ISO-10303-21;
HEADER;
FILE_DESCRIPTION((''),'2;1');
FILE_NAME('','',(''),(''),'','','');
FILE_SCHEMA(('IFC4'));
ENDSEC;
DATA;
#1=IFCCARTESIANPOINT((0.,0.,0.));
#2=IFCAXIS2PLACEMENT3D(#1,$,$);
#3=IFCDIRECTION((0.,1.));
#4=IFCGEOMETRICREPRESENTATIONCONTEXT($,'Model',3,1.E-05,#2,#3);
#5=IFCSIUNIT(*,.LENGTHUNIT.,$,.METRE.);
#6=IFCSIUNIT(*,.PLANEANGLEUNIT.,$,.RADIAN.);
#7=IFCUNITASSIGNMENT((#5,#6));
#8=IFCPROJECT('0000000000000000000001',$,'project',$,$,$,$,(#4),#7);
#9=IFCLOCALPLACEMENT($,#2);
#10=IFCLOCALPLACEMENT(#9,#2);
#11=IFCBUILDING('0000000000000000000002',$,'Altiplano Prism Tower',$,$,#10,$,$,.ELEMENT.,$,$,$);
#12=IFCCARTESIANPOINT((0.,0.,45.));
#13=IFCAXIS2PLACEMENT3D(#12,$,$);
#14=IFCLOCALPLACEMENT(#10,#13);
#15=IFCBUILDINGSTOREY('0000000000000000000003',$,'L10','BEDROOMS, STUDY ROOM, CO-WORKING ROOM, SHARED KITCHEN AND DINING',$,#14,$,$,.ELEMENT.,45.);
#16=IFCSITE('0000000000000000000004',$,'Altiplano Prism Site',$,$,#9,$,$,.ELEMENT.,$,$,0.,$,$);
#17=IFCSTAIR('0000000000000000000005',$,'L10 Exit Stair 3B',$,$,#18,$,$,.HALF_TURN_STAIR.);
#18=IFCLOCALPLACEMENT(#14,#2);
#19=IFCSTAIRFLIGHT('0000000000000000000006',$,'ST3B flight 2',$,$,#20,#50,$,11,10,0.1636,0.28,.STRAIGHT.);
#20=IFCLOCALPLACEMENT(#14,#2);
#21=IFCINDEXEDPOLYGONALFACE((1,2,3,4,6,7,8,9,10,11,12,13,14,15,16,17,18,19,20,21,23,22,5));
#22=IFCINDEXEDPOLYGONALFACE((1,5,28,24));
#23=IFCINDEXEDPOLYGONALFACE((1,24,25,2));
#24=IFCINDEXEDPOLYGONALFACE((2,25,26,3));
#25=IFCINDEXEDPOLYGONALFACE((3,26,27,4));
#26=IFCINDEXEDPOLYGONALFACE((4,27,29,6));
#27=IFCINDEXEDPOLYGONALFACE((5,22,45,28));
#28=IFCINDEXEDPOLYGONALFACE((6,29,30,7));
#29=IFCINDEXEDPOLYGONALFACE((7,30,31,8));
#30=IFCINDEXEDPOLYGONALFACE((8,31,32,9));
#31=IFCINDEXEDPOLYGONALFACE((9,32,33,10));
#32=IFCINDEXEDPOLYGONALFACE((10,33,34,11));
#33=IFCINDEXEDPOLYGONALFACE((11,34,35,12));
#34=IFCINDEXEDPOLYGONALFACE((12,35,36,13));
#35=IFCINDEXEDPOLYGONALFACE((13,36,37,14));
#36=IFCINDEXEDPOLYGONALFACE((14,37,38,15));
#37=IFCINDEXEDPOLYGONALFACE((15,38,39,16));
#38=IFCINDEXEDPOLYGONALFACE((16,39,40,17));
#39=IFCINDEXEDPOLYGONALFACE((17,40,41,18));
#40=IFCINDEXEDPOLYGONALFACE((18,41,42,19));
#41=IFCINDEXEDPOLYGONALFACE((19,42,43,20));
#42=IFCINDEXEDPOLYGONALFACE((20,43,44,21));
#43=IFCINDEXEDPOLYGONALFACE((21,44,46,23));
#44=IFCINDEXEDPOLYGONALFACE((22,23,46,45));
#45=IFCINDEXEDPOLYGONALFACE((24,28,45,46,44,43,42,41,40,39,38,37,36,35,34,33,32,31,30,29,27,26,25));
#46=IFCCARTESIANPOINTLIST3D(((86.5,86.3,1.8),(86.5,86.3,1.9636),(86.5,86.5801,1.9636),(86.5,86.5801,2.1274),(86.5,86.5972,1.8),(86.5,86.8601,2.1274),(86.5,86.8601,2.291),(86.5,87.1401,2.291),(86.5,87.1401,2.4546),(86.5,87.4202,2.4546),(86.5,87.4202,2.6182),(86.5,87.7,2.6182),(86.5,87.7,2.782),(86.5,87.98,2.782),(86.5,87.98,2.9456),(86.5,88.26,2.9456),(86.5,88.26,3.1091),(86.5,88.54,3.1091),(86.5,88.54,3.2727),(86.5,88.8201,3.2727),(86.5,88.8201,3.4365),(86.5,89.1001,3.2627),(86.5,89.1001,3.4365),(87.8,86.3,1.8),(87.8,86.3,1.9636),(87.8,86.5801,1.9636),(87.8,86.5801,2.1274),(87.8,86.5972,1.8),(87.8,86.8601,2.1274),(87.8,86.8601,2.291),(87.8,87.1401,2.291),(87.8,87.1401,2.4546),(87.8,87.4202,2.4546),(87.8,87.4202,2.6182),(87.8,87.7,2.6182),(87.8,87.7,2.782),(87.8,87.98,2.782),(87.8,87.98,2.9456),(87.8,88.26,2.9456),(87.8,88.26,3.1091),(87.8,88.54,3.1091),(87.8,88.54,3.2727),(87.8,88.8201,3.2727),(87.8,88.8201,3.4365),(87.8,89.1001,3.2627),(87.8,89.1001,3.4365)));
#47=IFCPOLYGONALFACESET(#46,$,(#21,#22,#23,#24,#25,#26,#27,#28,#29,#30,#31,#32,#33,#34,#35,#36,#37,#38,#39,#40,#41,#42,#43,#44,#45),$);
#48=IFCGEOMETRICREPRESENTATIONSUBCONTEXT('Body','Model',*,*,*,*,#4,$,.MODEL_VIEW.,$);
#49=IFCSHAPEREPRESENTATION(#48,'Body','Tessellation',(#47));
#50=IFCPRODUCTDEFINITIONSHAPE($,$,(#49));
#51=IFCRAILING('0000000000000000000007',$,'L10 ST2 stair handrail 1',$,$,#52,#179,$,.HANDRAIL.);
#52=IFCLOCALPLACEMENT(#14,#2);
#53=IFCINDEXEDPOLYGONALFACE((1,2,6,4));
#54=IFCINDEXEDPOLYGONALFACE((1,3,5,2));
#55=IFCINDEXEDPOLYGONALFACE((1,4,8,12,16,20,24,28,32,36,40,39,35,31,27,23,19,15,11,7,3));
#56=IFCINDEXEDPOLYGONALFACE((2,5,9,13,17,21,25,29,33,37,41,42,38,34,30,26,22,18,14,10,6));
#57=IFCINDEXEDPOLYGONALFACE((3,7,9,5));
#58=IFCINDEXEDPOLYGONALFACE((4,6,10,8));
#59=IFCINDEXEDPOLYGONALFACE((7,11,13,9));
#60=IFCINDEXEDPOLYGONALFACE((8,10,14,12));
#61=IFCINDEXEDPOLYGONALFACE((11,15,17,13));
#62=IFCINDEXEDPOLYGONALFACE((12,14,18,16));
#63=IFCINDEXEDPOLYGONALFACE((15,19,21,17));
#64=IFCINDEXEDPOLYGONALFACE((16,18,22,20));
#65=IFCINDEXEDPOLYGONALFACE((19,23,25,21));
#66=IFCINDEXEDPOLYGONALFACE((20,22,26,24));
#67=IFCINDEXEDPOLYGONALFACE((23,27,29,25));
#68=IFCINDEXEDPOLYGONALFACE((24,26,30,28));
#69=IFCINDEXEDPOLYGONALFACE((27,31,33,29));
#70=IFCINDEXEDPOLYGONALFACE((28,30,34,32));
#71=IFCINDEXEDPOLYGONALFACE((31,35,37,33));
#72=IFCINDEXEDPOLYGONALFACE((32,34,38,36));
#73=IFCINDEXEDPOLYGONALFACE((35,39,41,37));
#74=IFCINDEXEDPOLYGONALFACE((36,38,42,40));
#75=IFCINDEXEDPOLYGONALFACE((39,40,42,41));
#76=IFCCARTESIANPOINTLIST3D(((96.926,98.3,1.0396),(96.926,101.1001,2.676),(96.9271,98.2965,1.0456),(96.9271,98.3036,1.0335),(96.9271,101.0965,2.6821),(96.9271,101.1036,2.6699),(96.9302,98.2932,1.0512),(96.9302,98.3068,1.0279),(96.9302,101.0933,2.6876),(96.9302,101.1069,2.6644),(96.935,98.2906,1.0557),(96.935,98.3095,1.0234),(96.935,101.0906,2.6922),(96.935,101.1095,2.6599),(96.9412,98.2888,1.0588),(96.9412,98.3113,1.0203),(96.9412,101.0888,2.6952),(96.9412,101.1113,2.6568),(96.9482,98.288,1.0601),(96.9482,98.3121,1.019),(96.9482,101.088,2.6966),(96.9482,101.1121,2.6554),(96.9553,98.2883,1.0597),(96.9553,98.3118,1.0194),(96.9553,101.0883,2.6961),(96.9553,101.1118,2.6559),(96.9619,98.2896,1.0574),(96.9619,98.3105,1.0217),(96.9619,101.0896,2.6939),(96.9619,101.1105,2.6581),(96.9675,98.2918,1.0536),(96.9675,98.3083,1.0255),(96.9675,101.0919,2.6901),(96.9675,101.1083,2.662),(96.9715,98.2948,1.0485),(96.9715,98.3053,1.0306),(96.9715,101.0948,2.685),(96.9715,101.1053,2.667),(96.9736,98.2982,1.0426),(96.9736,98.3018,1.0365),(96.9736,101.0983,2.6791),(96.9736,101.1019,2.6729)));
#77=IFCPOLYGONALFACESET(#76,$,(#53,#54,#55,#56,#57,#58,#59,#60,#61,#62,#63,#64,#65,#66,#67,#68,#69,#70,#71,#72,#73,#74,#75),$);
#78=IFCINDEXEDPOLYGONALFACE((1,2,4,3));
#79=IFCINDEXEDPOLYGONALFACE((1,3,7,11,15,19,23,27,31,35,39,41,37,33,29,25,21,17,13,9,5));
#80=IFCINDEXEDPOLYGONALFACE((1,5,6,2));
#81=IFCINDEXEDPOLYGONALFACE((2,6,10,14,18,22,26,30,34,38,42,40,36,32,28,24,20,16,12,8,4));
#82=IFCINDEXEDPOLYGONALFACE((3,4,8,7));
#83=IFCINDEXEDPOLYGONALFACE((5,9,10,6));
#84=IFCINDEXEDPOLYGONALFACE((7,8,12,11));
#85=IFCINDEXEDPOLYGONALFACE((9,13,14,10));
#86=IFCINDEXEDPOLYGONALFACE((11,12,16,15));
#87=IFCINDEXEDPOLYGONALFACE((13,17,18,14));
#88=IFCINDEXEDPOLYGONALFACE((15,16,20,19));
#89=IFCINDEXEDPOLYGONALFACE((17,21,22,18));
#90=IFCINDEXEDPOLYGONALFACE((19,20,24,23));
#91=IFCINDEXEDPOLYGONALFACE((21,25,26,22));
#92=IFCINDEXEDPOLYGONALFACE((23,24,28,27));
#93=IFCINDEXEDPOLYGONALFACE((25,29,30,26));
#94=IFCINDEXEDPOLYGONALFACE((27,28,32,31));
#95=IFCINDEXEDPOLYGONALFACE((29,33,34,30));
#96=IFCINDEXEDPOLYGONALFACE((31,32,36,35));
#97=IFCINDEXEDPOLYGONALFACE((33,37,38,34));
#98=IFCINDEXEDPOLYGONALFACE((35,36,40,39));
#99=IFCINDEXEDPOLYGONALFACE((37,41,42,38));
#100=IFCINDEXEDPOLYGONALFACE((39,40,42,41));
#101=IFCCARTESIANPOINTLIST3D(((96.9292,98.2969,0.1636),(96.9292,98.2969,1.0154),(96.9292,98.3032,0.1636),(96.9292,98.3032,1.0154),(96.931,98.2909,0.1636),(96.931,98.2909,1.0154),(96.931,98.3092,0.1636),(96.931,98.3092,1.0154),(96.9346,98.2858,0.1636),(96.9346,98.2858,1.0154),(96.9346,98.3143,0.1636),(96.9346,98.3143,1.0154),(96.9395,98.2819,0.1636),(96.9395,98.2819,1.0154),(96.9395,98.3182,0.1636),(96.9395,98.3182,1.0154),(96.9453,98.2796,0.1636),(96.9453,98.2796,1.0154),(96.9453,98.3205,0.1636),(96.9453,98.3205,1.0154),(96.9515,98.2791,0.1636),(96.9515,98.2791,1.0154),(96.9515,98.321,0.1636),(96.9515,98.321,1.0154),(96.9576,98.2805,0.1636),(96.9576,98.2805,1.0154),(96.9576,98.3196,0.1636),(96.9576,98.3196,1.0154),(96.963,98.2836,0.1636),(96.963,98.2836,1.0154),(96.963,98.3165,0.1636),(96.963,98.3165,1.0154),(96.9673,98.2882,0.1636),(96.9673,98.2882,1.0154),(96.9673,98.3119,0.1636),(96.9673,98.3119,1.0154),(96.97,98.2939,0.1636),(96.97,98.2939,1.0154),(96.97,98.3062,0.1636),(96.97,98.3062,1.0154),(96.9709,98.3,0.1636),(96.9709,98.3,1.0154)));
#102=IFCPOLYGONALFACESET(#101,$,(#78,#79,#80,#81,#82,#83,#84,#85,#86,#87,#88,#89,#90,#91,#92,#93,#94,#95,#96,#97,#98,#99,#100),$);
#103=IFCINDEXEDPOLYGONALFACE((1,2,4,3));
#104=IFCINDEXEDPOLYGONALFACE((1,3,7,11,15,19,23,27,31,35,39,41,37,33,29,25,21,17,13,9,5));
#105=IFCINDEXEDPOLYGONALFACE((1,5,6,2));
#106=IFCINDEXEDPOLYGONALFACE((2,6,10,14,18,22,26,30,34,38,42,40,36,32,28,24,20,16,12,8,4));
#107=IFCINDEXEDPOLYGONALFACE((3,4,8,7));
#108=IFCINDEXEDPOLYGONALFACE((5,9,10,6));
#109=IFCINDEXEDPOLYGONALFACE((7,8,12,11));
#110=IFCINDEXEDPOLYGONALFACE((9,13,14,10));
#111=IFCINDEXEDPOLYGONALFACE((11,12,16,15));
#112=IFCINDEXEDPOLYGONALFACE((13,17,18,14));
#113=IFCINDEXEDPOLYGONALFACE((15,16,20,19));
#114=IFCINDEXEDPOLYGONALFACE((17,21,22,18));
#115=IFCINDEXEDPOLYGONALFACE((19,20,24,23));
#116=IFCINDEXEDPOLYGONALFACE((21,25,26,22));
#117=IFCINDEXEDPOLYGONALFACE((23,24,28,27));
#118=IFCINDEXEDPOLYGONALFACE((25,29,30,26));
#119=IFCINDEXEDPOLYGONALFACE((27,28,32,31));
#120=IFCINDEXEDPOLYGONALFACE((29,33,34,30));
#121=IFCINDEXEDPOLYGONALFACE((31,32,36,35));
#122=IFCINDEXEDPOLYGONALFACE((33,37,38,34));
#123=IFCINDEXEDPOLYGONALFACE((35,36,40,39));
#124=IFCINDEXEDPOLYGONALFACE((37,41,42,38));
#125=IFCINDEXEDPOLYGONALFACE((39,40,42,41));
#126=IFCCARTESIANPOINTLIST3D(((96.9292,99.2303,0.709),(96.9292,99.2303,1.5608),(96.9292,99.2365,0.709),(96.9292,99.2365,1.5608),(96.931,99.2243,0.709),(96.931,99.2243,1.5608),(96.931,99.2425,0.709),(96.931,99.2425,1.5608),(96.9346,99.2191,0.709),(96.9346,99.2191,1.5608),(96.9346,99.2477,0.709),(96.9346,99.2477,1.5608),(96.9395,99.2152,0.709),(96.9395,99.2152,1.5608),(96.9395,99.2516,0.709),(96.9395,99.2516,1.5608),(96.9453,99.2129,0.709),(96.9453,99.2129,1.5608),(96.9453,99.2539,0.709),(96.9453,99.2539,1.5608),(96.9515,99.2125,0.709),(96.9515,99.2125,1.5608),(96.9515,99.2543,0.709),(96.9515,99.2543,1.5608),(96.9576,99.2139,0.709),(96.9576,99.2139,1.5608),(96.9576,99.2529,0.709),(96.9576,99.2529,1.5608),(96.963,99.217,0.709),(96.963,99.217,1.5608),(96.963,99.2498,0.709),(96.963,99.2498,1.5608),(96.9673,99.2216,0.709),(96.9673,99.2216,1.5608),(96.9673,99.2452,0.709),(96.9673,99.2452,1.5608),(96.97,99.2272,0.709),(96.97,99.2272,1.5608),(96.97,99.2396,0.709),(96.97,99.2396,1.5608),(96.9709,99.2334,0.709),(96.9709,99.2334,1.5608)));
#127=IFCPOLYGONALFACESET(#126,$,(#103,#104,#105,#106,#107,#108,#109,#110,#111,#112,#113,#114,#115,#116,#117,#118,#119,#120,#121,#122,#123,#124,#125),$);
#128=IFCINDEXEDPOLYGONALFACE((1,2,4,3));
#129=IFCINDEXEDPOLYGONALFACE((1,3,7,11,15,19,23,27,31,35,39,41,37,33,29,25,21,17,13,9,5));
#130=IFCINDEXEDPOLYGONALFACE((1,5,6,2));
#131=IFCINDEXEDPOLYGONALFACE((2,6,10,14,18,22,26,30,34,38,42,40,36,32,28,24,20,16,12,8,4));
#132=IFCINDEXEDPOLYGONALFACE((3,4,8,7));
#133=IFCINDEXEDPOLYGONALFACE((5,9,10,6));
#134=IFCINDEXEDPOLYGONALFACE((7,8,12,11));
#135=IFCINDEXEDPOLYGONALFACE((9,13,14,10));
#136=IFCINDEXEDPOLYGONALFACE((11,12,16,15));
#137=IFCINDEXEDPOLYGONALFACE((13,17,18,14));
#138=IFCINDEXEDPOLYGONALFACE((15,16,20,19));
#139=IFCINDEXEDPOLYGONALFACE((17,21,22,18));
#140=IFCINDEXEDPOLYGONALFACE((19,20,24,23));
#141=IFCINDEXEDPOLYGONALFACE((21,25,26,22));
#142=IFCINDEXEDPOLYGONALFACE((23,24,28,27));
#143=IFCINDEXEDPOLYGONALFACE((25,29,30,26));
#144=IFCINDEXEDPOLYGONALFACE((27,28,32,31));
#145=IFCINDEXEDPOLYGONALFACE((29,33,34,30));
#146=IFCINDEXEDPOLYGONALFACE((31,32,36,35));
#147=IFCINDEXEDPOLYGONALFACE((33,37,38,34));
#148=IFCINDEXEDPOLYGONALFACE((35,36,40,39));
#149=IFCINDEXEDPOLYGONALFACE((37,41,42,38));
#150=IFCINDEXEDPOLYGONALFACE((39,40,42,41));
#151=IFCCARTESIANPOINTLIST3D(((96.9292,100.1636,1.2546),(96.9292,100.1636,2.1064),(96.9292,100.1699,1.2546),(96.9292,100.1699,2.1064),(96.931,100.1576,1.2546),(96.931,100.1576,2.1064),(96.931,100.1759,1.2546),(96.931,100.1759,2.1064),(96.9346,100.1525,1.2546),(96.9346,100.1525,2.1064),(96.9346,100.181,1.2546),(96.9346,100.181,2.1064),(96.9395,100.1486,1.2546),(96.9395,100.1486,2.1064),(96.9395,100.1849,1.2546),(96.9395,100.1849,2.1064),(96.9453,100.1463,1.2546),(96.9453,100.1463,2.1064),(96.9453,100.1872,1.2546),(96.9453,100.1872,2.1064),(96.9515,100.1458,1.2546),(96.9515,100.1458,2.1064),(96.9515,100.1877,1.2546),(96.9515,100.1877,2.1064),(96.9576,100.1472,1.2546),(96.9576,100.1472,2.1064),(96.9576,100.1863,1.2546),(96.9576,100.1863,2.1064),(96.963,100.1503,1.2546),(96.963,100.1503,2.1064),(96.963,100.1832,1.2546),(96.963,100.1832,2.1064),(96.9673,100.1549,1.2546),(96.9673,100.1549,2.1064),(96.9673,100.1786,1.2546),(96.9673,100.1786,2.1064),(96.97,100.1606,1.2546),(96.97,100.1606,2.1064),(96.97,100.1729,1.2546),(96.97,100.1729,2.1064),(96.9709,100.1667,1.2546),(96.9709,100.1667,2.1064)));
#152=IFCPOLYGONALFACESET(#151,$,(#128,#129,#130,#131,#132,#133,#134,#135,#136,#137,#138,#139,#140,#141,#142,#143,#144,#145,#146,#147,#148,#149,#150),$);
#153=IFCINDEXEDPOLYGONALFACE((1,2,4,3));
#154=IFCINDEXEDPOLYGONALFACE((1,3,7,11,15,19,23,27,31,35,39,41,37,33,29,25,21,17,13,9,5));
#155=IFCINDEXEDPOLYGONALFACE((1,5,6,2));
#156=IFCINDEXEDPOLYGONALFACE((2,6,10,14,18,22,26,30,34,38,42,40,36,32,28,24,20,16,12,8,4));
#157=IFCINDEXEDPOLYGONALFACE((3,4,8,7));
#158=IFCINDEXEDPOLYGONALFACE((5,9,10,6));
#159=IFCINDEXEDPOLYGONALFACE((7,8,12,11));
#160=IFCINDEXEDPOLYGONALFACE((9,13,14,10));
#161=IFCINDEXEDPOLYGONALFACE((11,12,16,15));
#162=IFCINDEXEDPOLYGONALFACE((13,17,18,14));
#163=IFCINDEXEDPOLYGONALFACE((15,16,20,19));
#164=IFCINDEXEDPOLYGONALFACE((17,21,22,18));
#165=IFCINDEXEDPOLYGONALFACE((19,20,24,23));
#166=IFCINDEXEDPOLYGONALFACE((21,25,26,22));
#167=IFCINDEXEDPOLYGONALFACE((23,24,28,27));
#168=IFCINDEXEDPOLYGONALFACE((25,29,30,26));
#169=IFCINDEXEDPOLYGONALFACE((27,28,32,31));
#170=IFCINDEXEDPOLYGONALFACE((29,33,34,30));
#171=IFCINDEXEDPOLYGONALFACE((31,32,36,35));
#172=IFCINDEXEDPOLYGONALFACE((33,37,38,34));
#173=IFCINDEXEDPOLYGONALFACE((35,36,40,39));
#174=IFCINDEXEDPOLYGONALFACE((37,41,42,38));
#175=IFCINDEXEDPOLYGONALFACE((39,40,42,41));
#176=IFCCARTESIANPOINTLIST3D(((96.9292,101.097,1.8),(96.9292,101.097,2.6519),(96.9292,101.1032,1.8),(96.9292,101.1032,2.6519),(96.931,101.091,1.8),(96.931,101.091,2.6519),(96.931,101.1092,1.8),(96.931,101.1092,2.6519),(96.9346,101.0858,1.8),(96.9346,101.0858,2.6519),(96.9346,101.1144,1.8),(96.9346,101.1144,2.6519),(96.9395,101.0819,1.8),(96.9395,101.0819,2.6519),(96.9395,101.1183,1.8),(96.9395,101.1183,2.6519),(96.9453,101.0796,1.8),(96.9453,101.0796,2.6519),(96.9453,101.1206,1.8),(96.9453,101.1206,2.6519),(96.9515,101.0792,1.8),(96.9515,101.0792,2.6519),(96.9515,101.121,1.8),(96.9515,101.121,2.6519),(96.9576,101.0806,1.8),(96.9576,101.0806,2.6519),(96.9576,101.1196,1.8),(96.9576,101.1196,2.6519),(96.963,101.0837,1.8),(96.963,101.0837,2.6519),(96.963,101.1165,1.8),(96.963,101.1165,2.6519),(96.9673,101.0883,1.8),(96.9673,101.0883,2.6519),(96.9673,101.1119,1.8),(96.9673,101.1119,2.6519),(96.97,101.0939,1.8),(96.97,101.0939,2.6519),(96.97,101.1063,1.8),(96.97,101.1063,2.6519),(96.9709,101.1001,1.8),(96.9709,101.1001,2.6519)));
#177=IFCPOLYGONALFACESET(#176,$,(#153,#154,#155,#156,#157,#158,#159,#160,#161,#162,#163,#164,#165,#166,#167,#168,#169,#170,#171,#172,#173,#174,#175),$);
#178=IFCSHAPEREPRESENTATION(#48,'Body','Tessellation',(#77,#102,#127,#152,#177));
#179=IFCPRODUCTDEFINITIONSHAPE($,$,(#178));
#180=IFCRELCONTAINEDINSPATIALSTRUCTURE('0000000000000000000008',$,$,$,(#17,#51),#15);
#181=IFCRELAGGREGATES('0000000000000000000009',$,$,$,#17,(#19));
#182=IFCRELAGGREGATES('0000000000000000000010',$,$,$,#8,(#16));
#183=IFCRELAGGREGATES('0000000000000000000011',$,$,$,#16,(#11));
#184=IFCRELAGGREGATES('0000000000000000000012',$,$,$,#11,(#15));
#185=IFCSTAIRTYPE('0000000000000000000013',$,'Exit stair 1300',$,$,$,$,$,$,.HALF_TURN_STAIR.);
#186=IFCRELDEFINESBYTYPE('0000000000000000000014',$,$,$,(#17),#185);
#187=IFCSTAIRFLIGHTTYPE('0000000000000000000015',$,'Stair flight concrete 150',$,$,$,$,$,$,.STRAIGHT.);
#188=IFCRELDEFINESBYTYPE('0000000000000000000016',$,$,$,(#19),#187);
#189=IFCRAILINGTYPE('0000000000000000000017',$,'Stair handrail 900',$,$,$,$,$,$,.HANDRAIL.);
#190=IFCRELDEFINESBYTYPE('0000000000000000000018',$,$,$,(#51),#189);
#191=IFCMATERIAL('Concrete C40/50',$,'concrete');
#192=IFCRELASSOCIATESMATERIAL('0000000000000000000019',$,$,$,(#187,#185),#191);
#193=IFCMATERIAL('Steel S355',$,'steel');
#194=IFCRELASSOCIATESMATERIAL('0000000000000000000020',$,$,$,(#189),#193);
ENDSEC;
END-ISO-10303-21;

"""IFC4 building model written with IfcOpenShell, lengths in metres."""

from ifc_helpers import new_model, si_unit, direction, frame, origin, origin_2d, place, context, subcontext, project, spatial, polyline, circle, outline, extrude, material, type_object, element, aggregate, save


model = new_model("IFC4")

# Units and contexts
model_context = context("Model", 3, precision=1e-05, world=origin(), true_north=direction((0.0, 1.0)))
body_context = subcontext(model_context, "Body", "Model", "MODEL_VIEW")
ifc_project = project(units=[si_unit("LENGTHUNIT", "METRE"), si_unit("PLANEANGLEUNIT", "RADIAN")], contexts=[model_context])

# Site, building, storey
site_placement = place(None, origin())
site = spatial("IfcSite", under=ifc_project, at=site_placement, Name="Altiplano Prism Site", CompositionType="ELEMENT", RefElevation=0.0)
building_placement = place(site_placement, origin())
building = spatial("IfcBuilding", under=site, at=building_placement, Name="Altiplano Prism Tower", CompositionType="ELEMENT")
storey_placement = place(building_placement, frame((0.0, 0.0, 45.0)))
storey = spatial("IfcBuildingStorey", under=building, at=storey_placement, Name="L10", Description="BEDROOMS, STUDY ROOM, CO-WORKING ROOM, SHARED KITCHEN AND DINING", CompositionType="ELEMENT", Elevation=45.0)

# Shared definitions
ifc_material_1 = material(Name="Concrete C40/50", Category="concrete")
stair_flight_type = type_object("IfcStairFlightType", Name="Stair flight concrete 150", PredefinedType="STRAIGHT", material=ifc_material_1)

# Stair, stair flight
stair_type_1 = type_object("IfcStairType", Name="Exit stair 1300", PredefinedType="HALF_TURN_STAIR", material=ifc_material_1)
stair_1_placement = place(storey_placement, origin())
stair_1 = element("IfcStair", 1, at=stair_1_placement, inside=storey, type_object=stair_type_1, Name="L10 Exit Stair 3B", PredefinedType="HALF_TURN_STAIR")
stair_flight_1_placement = place(storey_placement, frame((87.1499, 86.3, 1.8), z_axis=(0.0, 0.0, 1.0), x_axis=(0.0, 1.0, 0.0)))
stair_flight_1 = element("IfcStairFlight", 2, at=stair_flight_1_placement, type_object=stair_flight_type, Name="ST3B flight 2", NumberOfRisers=11, NumberOfTreads=10, PredefinedType="STRAIGHT", RiserHeight=0.1636, TreadLength=0.28, context=body_context, shape_type="SweptSolid", body=[
    extrude(outline(polyline([(0.0, 0.0), (0.0, 0.1636), (0.28, 0.1636), (0.28, 0.3274), (0.5601, 0.3274), (0.5601, 0.491), (0.8401, 0.491), (0.8401, 0.6545), (1.1201, 0.6545), (1.1201, 0.8181), (1.3999, 0.8181), (1.3999, 0.9819), (1.6799, 0.9819), (1.6799, 1.1455), (1.96, 1.1455), (1.96, 1.3091), (2.24, 1.3091), (2.24, 1.4727), (2.52, 1.4727), (2.52, 1.6365), (2.8, 1.6365), (2.8, 1.8), (2.8, 1.4626), (0.2971, 0.0), (0.0, 0.0)])), frame((0.0, 0.6499, 0.0), z_axis=(0.0, -1.0, 0.0), x_axis=(1.0, 0.0, 0.0)), (0.0, 0.0, 1.0), 1.3),
])
aggregate(stair_1, [stair_flight_1])

# Railing
ifc_material_2 = material(Name="Steel S355", Category="steel")
railing_type_1 = type_object("IfcRailingType", Name="Stair handrail 900", PredefinedType="HANDRAIL", material=ifc_material_2)
railing_1_placement = place(storey_placement, frame((96.95, 98.3, 0.1636)))
element("IfcRailing", 3, at=railing_1_placement, inside=storey, type_object=railing_type_1, Name="L10 ST2 stair handrail 1", PredefinedType="HANDRAIL", context=body_context, shape_type="SweptSolid", body=[
    extrude(circle(Radius=0.0239, at=origin_2d()), frame((0.0, 0.0, 0.876), z_axis=(0.0, 0.863361, 0.504587), x_axis=(-1.0, 0.0, 0.0)), (0.0, 0.0, 1.0), 3.2432),
    extrude(circle(Radius=0.021, at=origin_2d()), origin(), (0.0, 0.0, 1.0), 0.8518),
    extrude(circle(Radius=0.021, at=origin_2d()), frame((0.0, 0.9333, 0.5454)), (0.0, 0.0, 1.0), 0.8518),
    extrude(circle(Radius=0.021, at=origin_2d()), frame((0.0, 1.8667, 1.0911)), (0.0, 0.0, 1.0), 0.8518),
    extrude(circle(Radius=0.021, at=origin_2d()), frame((0.0, 2.8, 1.6365)), (0.0, 0.0, 1.0), 0.8518),
])

save(model, "model.ifc")
